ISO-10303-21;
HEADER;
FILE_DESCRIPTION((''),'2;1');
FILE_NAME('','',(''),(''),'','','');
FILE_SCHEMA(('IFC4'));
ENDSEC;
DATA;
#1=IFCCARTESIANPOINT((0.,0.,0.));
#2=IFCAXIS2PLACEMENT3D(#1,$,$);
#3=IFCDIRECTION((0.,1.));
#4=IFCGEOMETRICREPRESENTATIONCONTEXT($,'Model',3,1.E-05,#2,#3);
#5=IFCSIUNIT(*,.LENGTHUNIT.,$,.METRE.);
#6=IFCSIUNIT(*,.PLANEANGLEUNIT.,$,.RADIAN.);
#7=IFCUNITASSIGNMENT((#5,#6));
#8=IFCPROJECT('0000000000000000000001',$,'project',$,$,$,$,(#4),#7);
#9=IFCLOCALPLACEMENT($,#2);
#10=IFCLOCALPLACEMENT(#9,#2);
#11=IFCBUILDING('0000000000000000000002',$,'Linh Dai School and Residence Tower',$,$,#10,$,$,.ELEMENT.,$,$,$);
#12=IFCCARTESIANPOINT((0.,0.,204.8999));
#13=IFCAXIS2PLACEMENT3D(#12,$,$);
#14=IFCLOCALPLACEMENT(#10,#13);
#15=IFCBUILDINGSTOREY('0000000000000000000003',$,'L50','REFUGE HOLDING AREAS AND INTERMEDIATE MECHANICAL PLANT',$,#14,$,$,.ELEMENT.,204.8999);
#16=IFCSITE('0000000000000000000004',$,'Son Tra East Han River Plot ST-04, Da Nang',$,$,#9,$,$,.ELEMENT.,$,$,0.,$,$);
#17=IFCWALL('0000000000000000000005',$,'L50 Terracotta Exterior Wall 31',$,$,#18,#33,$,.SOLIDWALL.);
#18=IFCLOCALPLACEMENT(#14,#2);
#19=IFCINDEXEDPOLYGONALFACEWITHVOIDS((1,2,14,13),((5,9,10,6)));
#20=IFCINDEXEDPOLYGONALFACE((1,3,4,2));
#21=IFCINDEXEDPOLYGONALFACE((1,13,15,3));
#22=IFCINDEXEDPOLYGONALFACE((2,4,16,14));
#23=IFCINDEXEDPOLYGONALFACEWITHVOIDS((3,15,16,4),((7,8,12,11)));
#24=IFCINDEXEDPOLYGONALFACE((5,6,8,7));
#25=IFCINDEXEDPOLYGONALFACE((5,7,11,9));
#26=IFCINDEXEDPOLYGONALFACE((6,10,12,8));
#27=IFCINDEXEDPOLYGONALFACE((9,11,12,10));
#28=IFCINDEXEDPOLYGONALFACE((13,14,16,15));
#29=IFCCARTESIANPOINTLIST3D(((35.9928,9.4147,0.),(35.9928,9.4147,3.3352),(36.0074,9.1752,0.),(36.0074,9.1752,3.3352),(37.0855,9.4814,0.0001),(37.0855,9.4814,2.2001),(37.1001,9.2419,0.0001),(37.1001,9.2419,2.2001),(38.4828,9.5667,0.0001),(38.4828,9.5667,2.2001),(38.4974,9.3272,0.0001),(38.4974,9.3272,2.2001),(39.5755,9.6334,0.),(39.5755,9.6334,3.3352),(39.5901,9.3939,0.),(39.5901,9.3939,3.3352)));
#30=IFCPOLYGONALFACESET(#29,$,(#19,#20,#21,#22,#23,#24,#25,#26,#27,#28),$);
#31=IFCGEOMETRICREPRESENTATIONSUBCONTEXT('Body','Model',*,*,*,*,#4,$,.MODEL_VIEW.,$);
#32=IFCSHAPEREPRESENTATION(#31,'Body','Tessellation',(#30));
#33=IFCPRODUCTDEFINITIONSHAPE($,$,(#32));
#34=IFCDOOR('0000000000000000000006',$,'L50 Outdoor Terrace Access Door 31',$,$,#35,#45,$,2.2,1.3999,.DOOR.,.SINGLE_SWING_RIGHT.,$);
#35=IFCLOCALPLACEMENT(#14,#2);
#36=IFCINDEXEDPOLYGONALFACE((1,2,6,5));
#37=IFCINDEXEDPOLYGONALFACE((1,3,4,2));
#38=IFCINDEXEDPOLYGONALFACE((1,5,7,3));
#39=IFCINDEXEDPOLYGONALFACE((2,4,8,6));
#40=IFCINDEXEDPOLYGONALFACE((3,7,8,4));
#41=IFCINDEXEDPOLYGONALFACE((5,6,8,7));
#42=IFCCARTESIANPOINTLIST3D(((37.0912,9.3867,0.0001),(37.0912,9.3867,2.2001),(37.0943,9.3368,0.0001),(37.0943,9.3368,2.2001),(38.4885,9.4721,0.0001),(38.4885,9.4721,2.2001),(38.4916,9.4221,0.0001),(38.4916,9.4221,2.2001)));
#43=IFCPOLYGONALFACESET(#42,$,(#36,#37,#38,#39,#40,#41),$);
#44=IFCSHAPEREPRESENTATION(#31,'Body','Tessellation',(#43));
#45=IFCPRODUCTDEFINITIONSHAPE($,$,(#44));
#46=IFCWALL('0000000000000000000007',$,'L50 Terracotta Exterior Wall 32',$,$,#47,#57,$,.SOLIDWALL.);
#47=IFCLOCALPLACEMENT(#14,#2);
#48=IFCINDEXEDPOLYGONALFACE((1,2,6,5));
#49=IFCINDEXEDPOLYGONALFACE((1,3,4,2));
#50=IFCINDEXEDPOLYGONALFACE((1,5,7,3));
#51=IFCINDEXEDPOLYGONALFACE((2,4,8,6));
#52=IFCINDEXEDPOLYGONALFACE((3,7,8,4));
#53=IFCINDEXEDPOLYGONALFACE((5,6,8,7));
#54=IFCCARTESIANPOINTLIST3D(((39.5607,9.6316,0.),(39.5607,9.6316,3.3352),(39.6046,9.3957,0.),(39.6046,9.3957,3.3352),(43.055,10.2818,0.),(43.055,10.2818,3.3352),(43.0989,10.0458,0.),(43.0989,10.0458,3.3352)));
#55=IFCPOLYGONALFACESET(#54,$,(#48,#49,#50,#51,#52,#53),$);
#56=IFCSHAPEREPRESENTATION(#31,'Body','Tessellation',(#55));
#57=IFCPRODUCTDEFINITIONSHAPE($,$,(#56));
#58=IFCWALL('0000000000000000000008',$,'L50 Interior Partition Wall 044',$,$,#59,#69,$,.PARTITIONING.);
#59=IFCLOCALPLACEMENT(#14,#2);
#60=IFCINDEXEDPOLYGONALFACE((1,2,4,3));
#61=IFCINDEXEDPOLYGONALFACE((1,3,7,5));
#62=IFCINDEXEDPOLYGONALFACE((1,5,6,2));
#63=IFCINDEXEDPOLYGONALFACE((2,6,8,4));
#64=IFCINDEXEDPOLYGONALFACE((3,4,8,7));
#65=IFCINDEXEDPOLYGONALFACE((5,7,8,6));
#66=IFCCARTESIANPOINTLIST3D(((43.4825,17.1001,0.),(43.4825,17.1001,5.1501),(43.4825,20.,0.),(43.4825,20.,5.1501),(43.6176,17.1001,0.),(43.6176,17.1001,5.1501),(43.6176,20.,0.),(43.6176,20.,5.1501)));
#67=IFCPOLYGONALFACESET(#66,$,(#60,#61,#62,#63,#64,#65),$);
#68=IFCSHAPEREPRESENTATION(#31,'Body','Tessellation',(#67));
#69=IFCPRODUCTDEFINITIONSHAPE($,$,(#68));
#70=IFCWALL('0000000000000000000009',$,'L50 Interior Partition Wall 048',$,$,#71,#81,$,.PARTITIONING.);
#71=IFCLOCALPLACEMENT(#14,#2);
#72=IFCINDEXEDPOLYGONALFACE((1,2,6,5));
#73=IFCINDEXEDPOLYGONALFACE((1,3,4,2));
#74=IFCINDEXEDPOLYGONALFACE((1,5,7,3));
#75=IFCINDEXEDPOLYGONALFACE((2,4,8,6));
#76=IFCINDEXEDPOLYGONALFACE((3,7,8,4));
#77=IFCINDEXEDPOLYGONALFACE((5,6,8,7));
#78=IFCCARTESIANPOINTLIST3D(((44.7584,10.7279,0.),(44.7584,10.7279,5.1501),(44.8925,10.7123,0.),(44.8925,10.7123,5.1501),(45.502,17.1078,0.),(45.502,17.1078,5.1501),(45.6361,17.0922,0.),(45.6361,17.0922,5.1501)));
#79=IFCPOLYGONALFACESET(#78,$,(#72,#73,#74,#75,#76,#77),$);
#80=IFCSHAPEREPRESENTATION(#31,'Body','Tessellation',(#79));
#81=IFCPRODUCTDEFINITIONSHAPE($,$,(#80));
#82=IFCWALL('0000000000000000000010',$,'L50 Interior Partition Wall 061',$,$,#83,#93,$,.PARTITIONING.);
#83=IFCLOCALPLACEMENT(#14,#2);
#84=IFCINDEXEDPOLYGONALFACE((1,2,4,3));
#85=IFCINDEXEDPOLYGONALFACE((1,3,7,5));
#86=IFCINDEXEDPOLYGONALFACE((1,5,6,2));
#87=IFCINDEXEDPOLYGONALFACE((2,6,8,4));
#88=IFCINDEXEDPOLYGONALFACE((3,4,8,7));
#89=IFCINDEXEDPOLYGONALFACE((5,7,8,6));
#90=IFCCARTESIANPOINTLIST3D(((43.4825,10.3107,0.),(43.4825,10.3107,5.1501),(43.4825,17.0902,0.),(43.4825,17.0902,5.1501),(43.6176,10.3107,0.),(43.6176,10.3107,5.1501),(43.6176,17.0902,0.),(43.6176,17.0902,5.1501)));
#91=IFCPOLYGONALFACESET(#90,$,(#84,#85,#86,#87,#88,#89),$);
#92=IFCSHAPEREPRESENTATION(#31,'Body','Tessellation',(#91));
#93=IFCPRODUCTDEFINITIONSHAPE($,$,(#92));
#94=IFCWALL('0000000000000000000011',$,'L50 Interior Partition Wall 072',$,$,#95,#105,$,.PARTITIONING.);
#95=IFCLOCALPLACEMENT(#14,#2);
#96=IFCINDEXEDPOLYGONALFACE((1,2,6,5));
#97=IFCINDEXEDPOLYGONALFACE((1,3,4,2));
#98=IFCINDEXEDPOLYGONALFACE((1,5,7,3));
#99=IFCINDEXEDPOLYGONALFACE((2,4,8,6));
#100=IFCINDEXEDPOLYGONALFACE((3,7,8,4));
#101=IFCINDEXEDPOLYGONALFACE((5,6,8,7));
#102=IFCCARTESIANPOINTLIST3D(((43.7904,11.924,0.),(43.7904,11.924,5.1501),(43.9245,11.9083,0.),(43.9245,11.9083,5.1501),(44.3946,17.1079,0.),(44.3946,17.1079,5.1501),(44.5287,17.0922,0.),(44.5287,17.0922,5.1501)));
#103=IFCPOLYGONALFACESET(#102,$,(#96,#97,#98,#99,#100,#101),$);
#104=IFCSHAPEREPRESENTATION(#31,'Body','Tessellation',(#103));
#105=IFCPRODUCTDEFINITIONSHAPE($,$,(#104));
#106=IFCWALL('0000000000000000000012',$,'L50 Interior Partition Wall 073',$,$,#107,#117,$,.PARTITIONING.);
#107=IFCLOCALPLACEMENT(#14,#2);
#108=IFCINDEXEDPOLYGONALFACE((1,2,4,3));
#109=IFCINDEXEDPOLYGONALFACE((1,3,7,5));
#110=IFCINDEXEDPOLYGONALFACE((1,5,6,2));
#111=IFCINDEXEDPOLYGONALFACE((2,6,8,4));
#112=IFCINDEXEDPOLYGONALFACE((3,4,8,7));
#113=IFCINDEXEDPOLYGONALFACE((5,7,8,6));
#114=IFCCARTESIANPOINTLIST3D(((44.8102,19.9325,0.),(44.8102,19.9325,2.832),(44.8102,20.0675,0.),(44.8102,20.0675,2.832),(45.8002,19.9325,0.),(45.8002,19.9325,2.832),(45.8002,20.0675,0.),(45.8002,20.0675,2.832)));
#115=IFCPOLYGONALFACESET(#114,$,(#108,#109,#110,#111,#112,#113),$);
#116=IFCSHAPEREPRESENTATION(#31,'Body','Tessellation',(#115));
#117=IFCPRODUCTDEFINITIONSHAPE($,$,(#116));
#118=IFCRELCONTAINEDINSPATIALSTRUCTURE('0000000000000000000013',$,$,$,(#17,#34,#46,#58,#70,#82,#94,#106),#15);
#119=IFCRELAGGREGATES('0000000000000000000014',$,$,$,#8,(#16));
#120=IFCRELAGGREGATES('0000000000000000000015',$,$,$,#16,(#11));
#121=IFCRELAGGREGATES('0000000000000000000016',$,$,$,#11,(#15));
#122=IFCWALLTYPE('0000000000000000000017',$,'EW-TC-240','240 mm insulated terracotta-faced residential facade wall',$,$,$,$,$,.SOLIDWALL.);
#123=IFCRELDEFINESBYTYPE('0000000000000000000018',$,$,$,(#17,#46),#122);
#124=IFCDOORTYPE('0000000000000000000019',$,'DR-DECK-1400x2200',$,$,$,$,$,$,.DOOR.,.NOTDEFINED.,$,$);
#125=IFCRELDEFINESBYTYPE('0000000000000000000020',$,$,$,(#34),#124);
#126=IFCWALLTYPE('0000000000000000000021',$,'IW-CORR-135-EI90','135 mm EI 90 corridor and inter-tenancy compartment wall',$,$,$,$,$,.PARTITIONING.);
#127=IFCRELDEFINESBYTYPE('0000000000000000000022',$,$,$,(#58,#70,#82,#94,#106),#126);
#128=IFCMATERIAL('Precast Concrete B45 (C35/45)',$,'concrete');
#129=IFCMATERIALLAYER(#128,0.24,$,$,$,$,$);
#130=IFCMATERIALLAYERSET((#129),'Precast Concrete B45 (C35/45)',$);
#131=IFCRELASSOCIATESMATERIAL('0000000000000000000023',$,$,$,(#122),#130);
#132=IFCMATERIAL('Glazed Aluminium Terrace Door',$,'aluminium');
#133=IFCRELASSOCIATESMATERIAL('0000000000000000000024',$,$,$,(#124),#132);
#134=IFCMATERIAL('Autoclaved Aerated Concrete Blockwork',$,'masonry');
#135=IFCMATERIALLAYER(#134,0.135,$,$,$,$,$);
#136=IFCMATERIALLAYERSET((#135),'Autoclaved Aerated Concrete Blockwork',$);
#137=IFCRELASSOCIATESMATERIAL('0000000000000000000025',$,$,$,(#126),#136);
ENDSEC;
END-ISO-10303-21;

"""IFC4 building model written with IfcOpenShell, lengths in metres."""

from ifc_helpers import new_model, si_unit, direction, frame, frame_2d, origin, origin_2d, place, context, subcontext, project, spatial, rectangle, extrude, source, transform, mapped, material, layer, layer_set, type_object, element, fill, save


model = new_model("IFC4")

# Units and contexts
model_context = context("Model", 3, precision=1e-05, world=origin(), true_north=direction((0.0, 1.0)))
body_context = subcontext(model_context, "Body", "Model", "MODEL_VIEW")
ifc_project = project(units=[si_unit("LENGTHUNIT", "METRE"), si_unit("PLANEANGLEUNIT", "RADIAN")], contexts=[model_context])

# Site, building, storey
site_placement = place(None, origin())
site = spatial("IfcSite", under=ifc_project, at=site_placement, Name="Son Tra East Han River Plot ST-04, Da Nang", CompositionType="ELEMENT", RefElevation=0.0)
building_placement = place(site_placement, origin())
building = spatial("IfcBuilding", under=site, at=building_placement, Name="Linh Dai School and Residence Tower", CompositionType="ELEMENT")
storey_placement = place(building_placement, frame((0.0, 0.0, 204.8999)))
storey = spatial("IfcBuildingStorey", under=building, at=storey_placement, Name="L50", Description="REFUGE HOLDING AREAS AND INTERMEDIATE MECHANICAL PLANT", CompositionType="ELEMENT", Elevation=204.8999)

# Wall, opening, door
ifc_material_1 = material(Name="Precast Concrete B45 (C35/45)", Category="concrete")
ifc_layer_1 = layer(ifc_material_1, 0.24)
ifc_layer_set_1 = layer_set([ifc_layer_1], Name="Precast Concrete B45 (C35/45)")
wall_type_1 = type_object("IfcWallType", Name="EW-TC-240", Description="240 mm insulated terracotta-faced residential facade wall", PredefinedType="SOLIDWALL", material=ifc_layer_set_1)
ifc_material_2 = material(Name="Glazed Aluminium Terrace Door", Category="aluminium")
door_type = type_object("IfcDoorType", Name="DR-DECK-1400x2200", OperationType="NOTDEFINED", PredefinedType="DOOR", material=ifc_material_2)
shared_shape_1 = source(origin(), body_context, "Body", "SweptSolid", [
    extrude(rectangle(XDim=1.3999, YDim=2.2, at=origin_2d()), frame((0.7, 0.0249, 1.1001), z_axis=(0.0, -1.0, 0.0), x_axis=(1.0, 0.0, 0.0)), (0.0, 0.0, 1.0), 0.05),
])
wall_1_placement = place(storey_placement, frame((39.5828, 9.5137, 0.0), z_axis=(0.0, 0.0, 1.0), x_axis=(-0.998141, -0.060943, 0.0)))
wall_1 = element("IfcWall", 1, at=wall_1_placement, inside=storey, type_object=wall_type_1, Name="L50 Terracotta Exterior Wall 31", PredefinedType="SOLIDWALL", context=body_context, shape_type="SweptSolid", body=[
    extrude(rectangle(XDim=3.5894, YDim=0.24, at=frame_2d((1.7947, 0.0))), origin(), (0.0, 0.0, 1.0), 3.3352),
])
opening_1_placement = place(wall_1_placement, frame((1.0947, 0.0, 0.0)))
opening_1 = element("IfcOpeningElement", 2, at=opening_1_placement, cuts=wall_1, PredefinedType="OPENING", context=body_context, shape_type="SweptSolid", body=[
    extrude(rectangle(XDim=1.3999, YDim=2.2, at=origin_2d()), frame((0.7, 0.1299, 1.1001), z_axis=(0.0, -1.0, 0.0), x_axis=(1.0, 0.0, 0.0)), (0.0, 0.0, 1.0), 0.26),
])
door_1_placement = place(opening_1_placement, origin())
door_1 = element("IfcDoor", 3, at=door_1_placement, inside=storey, type_object=door_type, Name="L50 Outdoor Terrace Access Door 31", OperationType="SINGLE_SWING_RIGHT", OverallHeight=2.2, OverallWidth=1.3999, PredefinedType="DOOR", context=body_context, shape_type="MappedRepresentation", body=[
    mapped(shared_shape_1, transform((0.0, 0.0, 0.0), x_axis=(1.0, 0.0, 0.0), y_axis=(0.0, 1.0, 0.0), z_axis=(0.0, 0.0, 1.0), scale=1.0)),
])
fill(opening_1, door_1)

# Walls
wall_2_placement = place(storey_placement, frame((43.0769, 10.1638, 0.0), z_axis=(0.0, 0.0, 1.0), x_axis=(-0.983126, -0.182928, 0.0)))
element("IfcWall", 4, at=wall_2_placement, inside=storey, type_object=wall_type_1, Name="L50 Terracotta Exterior Wall 32", PredefinedType="SOLIDWALL", context=body_context, shape_type="SweptSolid", body=[
    extrude(rectangle(XDim=3.5542, YDim=0.24, at=frame_2d((1.7771, 0.0))), origin(), (0.0, 0.0, 1.0), 3.3352),
])
ifc_material_3 = material(Name="Autoclaved Aerated Concrete Blockwork", Category="masonry")
ifc_layer_2 = layer(ifc_material_3, 0.135)
ifc_layer_set_2 = layer_set([ifc_layer_2], Name="Autoclaved Aerated Concrete Blockwork")
wall_type_2 = type_object("IfcWallType", Name="IW-CORR-135-EI90", Description="135 mm EI 90 corridor and inter-tenancy compartment wall", PredefinedType="PARTITIONING", material=ifc_layer_set_2)
wall_3_placement = place(storey_placement, frame((43.55, 17.1001, 0.0), z_axis=(0.0, 0.0, 1.0), x_axis=(0.0, 1.0, 0.0)))
element("IfcWall", 5, at=wall_3_placement, inside=storey, type_object=wall_type_2, Name="L50 Interior Partition Wall 044", PredefinedType="PARTITIONING", context=body_context, shape_type="SweptSolid", body=[
    extrude(rectangle(XDim=2.8999, YDim=0.135, at=frame_2d((1.45, 0.0))), origin(), (0.0, 0.0, 1.0), 5.1501),
])
wall_4_placement = place(storey_placement, frame((44.8254, 10.7202, 0.0), z_axis=(0.0, 0.0, 1.0), x_axis=(0.115778, 0.993275, 0.0)))
element("IfcWall", 6, at=wall_4_placement, inside=storey, type_object=wall_type_2, Name="L50 Interior Partition Wall 048", PredefinedType="PARTITIONING", context=body_context, shape_type="SweptSolid", body=[
    extrude(rectangle(XDim=6.4231, YDim=0.135, at=frame_2d((3.2114, 0.0))), origin(), (0.0, 0.0, 1.0), 5.1501),
])
wall_5_placement = place(storey_placement, frame((43.55, 17.0901, 0.0), z_axis=(0.0, 0.0, 1.0), x_axis=(0.0, -1.0, 0.0)))
element("IfcWall", 7, at=wall_5_placement, inside=storey, type_object=wall_type_2, Name="L50 Interior Partition Wall 061", PredefinedType="PARTITIONING", context=body_context, shape_type="SweptSolid", body=[
    extrude(rectangle(XDim=6.7795, YDim=0.135, at=frame_2d((3.3896, 0.0))), origin(), (0.0, 0.0, 1.0), 5.1501),
])
wall_6_placement = place(storey_placement, frame((43.8574, 11.9163, 0.0), z_axis=(0.0, 0.0, 1.0), x_axis=(0.11578, 0.993275, 0.0)))
element("IfcWall", 8, at=wall_6_placement, inside=storey, type_object=wall_type_2, Name="L50 Interior Partition Wall 072", PredefinedType="PARTITIONING", context=body_context, shape_type="SweptSolid", body=[
    extrude(rectangle(XDim=5.219, YDim=0.135, at=frame_2d((2.6094, 0.0))), origin(), (0.0, 0.0, 1.0), 5.1501),
])
wall_7_placement = place(storey_placement, frame((44.8101, 20.0, 0.0), z_axis=(0.0, 0.0, 1.0), x_axis=(1.0, 0.0, 0.0)))
element("IfcWall", 9, at=wall_7_placement, inside=storey, type_object=wall_type_2, Name="L50 Interior Partition Wall 073", PredefinedType="PARTITIONING", context=body_context, shape_type="SweptSolid", body=[
    extrude(rectangle(XDim=0.99, YDim=0.135, at=frame_2d((0.4951, 0.0))), origin(), (0.0, 0.0, 1.0), 2.832),
])

save(model, "model.ifc")
